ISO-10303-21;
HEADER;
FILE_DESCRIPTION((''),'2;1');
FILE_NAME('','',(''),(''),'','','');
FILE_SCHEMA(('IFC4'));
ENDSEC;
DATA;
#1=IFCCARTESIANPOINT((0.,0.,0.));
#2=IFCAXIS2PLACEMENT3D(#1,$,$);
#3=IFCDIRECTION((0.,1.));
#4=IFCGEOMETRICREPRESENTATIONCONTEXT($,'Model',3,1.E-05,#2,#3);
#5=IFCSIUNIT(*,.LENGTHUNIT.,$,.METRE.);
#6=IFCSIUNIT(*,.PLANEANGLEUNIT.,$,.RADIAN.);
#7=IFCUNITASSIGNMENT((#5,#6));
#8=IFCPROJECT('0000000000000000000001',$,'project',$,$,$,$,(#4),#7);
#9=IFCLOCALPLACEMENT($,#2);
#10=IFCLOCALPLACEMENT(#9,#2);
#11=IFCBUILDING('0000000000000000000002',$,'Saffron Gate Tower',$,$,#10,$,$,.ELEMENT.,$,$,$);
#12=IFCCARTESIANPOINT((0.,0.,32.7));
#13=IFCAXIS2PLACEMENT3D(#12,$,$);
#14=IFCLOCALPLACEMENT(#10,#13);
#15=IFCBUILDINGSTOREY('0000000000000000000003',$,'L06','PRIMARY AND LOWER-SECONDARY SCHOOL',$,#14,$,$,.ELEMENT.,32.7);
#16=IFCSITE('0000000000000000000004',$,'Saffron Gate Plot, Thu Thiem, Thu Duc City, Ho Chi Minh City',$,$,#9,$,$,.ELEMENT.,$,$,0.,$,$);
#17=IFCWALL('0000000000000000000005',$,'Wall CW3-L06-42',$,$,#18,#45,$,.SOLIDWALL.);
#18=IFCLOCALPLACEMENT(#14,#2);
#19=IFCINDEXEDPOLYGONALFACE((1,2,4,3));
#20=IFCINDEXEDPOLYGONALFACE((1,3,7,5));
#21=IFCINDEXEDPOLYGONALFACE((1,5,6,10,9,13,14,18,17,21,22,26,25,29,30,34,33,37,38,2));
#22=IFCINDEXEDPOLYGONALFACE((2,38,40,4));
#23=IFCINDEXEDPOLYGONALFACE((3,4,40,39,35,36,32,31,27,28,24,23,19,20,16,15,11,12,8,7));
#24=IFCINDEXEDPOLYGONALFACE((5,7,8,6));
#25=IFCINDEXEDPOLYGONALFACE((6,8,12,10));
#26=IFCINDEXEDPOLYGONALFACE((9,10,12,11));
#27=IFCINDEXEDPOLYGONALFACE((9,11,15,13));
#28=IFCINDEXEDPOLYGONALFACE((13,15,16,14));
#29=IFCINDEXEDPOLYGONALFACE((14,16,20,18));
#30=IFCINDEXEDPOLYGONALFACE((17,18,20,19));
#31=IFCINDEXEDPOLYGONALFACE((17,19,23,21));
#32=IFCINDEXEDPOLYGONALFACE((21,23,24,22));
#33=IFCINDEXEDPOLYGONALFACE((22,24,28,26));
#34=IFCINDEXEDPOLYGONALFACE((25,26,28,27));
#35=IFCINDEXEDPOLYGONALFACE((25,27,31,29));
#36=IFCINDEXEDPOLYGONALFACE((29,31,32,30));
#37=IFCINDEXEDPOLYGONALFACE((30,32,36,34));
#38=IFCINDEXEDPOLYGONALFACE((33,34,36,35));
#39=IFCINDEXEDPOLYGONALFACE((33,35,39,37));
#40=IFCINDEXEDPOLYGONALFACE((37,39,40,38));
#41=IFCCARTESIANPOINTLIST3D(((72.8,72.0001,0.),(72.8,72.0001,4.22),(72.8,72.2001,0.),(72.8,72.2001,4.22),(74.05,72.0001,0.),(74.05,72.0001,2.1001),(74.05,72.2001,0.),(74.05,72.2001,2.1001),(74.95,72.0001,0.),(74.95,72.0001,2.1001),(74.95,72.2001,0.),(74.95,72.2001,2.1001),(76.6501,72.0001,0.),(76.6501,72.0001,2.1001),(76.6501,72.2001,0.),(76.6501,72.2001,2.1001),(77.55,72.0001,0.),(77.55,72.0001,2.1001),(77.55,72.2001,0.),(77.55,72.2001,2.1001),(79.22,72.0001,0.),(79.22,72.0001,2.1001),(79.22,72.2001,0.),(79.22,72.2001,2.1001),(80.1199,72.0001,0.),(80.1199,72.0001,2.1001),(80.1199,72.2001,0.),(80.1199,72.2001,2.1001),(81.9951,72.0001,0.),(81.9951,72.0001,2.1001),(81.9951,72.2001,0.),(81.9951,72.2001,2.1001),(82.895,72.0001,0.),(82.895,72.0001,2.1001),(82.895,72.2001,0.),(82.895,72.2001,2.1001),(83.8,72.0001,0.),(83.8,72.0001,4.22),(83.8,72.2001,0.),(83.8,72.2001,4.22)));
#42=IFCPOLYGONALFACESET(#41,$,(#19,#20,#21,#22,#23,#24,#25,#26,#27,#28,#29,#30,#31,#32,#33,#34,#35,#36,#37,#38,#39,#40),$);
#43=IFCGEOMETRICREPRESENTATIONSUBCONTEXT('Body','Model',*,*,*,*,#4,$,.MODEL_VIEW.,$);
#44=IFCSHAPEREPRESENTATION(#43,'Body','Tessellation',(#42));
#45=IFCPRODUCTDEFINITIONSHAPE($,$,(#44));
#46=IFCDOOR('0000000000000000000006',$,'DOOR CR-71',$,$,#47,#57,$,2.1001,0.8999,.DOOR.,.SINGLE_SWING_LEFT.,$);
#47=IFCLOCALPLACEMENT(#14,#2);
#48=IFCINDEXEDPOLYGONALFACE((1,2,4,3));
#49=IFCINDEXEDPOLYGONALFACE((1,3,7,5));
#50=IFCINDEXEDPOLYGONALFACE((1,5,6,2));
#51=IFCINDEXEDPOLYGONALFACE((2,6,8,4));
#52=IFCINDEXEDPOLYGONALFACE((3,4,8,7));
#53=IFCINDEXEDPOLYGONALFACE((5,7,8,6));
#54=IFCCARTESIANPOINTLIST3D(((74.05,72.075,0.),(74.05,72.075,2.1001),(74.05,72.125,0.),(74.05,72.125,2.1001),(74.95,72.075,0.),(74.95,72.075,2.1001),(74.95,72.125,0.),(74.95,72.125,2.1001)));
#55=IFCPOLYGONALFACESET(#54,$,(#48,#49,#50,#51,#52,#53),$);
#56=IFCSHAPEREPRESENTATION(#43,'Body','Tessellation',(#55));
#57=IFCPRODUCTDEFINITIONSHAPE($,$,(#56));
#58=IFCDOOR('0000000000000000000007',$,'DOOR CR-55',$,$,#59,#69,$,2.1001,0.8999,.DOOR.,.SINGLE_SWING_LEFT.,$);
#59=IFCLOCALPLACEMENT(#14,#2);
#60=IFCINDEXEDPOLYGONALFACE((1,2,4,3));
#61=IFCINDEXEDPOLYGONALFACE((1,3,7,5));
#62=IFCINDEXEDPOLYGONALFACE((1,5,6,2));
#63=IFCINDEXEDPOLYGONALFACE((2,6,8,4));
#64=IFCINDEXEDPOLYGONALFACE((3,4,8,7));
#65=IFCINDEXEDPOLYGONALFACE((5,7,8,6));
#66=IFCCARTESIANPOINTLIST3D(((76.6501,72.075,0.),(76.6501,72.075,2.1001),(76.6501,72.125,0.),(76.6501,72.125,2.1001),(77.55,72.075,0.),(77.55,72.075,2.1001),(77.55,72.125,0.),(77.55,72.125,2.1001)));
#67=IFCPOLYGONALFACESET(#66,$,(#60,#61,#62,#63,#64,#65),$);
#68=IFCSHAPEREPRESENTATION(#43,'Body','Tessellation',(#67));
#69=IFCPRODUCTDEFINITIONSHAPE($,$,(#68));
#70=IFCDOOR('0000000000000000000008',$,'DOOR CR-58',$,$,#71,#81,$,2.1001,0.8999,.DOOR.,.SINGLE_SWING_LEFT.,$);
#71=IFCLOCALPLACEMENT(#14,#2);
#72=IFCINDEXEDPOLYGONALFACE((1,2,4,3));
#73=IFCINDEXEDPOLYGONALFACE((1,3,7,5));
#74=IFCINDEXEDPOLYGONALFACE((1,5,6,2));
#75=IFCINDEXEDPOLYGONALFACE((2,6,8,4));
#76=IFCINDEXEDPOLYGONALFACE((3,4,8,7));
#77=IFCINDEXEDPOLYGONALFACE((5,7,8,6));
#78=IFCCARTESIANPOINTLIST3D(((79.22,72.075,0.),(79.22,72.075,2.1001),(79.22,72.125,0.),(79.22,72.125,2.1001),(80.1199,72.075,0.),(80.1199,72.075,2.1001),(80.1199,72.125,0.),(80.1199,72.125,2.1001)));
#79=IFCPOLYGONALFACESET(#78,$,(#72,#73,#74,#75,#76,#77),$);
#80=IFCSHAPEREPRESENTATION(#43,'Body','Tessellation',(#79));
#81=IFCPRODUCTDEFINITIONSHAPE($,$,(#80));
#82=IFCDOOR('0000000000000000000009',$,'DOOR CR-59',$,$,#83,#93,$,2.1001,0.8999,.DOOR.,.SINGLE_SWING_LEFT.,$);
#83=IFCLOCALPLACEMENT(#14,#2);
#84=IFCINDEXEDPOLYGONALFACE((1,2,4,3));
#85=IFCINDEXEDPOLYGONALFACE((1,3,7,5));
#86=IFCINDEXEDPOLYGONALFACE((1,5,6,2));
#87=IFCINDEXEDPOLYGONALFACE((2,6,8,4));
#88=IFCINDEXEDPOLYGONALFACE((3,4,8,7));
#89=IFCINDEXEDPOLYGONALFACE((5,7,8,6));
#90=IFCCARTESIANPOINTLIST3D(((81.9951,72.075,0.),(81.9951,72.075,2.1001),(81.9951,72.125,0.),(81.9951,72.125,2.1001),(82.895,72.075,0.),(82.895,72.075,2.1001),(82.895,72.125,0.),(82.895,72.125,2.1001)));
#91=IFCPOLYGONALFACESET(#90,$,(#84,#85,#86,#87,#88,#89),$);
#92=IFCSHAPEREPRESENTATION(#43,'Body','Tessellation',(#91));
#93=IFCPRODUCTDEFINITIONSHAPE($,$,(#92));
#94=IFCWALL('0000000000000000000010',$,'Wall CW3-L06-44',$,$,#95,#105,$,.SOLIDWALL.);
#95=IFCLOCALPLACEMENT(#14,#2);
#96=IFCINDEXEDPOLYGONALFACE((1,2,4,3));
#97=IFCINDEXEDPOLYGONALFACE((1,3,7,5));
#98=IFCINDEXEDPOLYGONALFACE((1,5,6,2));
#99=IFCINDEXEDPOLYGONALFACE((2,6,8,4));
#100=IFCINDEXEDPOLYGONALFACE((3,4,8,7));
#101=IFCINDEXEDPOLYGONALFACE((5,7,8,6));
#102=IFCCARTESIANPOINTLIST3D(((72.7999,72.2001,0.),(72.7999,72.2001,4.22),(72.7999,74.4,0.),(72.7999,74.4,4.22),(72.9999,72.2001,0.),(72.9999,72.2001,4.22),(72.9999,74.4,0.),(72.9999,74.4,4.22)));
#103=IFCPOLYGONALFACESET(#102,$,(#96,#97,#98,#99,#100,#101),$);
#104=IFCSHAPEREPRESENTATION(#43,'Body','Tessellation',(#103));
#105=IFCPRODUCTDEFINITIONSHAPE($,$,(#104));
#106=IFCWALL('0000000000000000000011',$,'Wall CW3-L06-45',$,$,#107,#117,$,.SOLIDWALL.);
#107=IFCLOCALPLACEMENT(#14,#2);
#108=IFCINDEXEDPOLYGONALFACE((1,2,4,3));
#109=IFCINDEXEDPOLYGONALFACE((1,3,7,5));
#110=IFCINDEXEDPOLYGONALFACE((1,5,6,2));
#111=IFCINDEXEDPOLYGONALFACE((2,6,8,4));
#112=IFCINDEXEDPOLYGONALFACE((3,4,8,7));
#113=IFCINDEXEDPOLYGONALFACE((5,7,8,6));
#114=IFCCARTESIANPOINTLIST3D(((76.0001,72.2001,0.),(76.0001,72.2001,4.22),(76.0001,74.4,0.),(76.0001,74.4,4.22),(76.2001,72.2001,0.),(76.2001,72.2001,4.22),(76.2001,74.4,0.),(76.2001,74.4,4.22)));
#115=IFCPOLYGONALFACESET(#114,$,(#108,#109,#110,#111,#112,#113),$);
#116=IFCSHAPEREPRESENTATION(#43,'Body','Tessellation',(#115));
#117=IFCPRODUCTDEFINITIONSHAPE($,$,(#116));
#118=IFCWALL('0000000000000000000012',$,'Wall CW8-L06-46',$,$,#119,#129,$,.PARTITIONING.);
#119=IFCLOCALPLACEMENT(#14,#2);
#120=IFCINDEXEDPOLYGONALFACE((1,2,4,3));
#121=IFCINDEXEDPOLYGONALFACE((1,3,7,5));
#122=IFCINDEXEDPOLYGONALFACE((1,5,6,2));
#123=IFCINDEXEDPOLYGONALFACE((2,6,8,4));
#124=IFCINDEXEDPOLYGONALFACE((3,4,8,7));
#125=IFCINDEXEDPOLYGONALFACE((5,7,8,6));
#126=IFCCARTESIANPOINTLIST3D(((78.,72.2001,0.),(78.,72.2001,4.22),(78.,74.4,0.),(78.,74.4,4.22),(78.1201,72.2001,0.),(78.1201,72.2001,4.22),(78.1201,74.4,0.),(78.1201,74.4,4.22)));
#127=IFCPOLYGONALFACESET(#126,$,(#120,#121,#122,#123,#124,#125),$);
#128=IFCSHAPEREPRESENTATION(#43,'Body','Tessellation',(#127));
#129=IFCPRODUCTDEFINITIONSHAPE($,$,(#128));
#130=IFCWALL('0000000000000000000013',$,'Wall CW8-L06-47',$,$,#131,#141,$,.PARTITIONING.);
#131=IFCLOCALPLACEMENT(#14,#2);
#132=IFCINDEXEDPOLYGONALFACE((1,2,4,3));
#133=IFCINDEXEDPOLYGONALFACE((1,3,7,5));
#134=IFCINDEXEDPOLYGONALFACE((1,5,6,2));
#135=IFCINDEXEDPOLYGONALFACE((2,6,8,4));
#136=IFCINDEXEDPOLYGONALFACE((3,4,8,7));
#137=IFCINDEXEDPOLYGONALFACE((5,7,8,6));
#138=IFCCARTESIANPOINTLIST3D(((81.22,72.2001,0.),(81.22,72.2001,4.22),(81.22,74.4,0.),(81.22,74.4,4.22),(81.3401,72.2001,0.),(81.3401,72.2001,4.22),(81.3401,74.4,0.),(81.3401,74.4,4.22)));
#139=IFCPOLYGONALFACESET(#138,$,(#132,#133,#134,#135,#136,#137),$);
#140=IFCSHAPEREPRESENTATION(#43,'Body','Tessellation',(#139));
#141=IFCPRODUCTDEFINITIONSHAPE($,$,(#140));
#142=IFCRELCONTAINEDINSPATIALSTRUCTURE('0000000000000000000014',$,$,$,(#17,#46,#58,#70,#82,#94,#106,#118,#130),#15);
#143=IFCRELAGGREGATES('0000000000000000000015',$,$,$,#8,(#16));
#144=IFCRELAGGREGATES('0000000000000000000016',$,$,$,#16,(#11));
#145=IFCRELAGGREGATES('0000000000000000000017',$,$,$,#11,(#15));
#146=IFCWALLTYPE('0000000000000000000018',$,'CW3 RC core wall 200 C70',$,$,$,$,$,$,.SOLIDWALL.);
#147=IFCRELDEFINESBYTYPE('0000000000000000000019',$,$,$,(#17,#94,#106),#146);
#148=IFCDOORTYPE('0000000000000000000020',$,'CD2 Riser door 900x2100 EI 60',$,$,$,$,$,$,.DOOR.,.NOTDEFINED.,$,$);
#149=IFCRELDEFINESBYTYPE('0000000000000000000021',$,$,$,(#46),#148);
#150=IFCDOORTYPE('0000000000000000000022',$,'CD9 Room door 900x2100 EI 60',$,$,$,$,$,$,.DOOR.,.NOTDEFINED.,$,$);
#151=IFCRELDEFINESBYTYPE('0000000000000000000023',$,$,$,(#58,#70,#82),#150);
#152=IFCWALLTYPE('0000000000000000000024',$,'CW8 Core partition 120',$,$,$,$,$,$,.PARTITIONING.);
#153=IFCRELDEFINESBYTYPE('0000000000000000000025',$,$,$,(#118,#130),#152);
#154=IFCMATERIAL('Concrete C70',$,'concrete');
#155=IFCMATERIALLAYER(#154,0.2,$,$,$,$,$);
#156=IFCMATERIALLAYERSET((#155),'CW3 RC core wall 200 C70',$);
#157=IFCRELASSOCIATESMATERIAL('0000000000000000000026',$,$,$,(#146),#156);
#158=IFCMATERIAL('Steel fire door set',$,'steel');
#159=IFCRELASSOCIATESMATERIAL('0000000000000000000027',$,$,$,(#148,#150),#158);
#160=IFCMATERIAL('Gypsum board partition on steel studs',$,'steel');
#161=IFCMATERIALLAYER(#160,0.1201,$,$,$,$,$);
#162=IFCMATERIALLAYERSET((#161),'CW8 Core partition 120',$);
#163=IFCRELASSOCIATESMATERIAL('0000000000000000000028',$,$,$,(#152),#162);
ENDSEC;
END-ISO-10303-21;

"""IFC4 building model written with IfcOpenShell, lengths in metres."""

from ifc_helpers import new_model, si_unit, direction, frame, frame_2d, origin, place, context, subcontext, project, spatial, rectangle, extrude, material, layer, layer_set, type_object, element, fill, save


model = new_model("IFC4")

# Units and contexts
model_context = context("Model", 3, precision=1e-05, world=origin(), true_north=direction((0.0, 1.0)))
body_context = subcontext(model_context, "Body", "Model", "MODEL_VIEW")
ifc_project = project(units=[si_unit("LENGTHUNIT", "METRE"), si_unit("PLANEANGLEUNIT", "RADIAN")], contexts=[model_context])

# Site, building, storey
site_placement = place(None, origin())
site = spatial("IfcSite", under=ifc_project, at=site_placement, Name="Saffron Gate Plot, Thu Thiem, Thu Duc City, Ho Chi Minh City", CompositionType="ELEMENT", RefElevation=0.0)
building_placement = place(site_placement, origin())
building = spatial("IfcBuilding", under=site, at=building_placement, Name="Saffron Gate Tower", CompositionType="ELEMENT")
storey_placement = place(building_placement, frame((0.0, 0.0, 32.7)))
storey = spatial("IfcBuildingStorey", under=building, at=storey_placement, Name="L06", Description="PRIMARY AND LOWER-SECONDARY SCHOOL", CompositionType="ELEMENT", Elevation=32.7)

# Shared definitions
ifc_material_1 = material(Name="Concrete C70", Category="concrete")
ifc_material_2 = material(Name="Steel fire door set", Category="steel")

# Shared definitions
ifc_layer_1 = layer(ifc_material_1, 0.2)
ifc_layer_set_1 = layer_set([ifc_layer_1], Name="CW3 RC core wall 200 C70")
wall_type_1 = type_object("IfcWallType", Name="CW3 RC core wall 200 C70", PredefinedType="SOLIDWALL", material=ifc_layer_set_1)

# Wall, openings, doors
wall_1_placement = place(storey_placement, frame((72.8, 72.1001, 0.0), z_axis=(0.0, 0.0, 1.0), x_axis=(1.0, 0.0, 0.0)))
wall_1 = element("IfcWall", 1, at=wall_1_placement, inside=storey, type_object=wall_type_1, Name="Wall CW3-L06-42", PredefinedType="SOLIDWALL", context=body_context, shape_type="SweptSolid", body=[
    extrude(rectangle(XDim=11.0, YDim=0.2, at=frame_2d((5.5, 0.0))), origin(), (0.0, 0.0, 1.0), 4.22),
])
opening_1_placement = place(wall_1_placement, frame((1.25, 0.0, 0.0)))
opening_1 = element("IfcOpeningElement", 2, at=opening_1_placement, cuts=wall_1, PredefinedType="OPENING", context=body_context, shape_type="SweptSolid", body=[
    extrude(rectangle(XDim=0.8999, YDim=2.1001, at=frame_2d((0.45, 1.05))), frame((0.0, 0.1099, 0.0), z_axis=(0.0, -1.0, 0.0), x_axis=(1.0, 0.0, 0.0)), (0.0, 0.0, 1.0), 0.22),
])
opening_2_placement = place(wall_1_placement, frame((3.8501, 0.0, 0.0)))
opening_2 = element("IfcOpeningElement", 3, at=opening_2_placement, cuts=wall_1, PredefinedType="OPENING", context=body_context, shape_type="SweptSolid", body=[
    extrude(rectangle(XDim=0.8999, YDim=2.1001, at=frame_2d((0.45, 1.05))), frame((0.0, 0.1099, 0.0), z_axis=(0.0, -1.0, 0.0), x_axis=(1.0, 0.0, 0.0)), (0.0, 0.0, 1.0), 0.22),
])
opening_3_placement = place(wall_1_placement, frame((6.4199, 0.0, 0.0)))
opening_3 = element("IfcOpeningElement", 4, at=opening_3_placement, cuts=wall_1, PredefinedType="OPENING", context=body_context, shape_type="SweptSolid", body=[
    extrude(rectangle(XDim=0.8999, YDim=2.1001, at=frame_2d((0.45, 1.05))), frame((0.0, 0.1099, 0.0), z_axis=(0.0, -1.0, 0.0), x_axis=(1.0, 0.0, 0.0)), (0.0, 0.0, 1.0), 0.22),
])
opening_4_placement = place(wall_1_placement, frame((9.1951, 0.0, 0.0)))
opening_4 = element("IfcOpeningElement", 5, at=opening_4_placement, cuts=wall_1, PredefinedType="OPENING", context=body_context, shape_type="SweptSolid", body=[
    extrude(rectangle(XDim=0.8999, YDim=2.1001, at=frame_2d((0.45, 1.05))), frame((0.0, 0.1099, 0.0), z_axis=(0.0, -1.0, 0.0), x_axis=(1.0, 0.0, 0.0)), (0.0, 0.0, 1.0), 0.22),
])
door_type_1 = type_object("IfcDoorType", Name="CD2 Riser door 900x2100 EI 60", OperationType="NOTDEFINED", PredefinedType="DOOR", material=ifc_material_2)
door_1_placement = place(opening_1_placement, origin())
door_1 = element("IfcDoor", 6, at=door_1_placement, inside=storey, type_object=door_type_1, Name="DOOR CR-71", OperationType="SINGLE_SWING_LEFT", OverallHeight=2.1001, OverallWidth=0.8999, PredefinedType="DOOR", context=body_context, shape_type="SweptSolid", body=[
    extrude(rectangle(XDim=0.8999, YDim=2.1001, at=frame_2d((0.45, 1.05))), frame((0.0, 0.0249, 0.0), z_axis=(0.0, -1.0, 0.0), x_axis=(1.0, 0.0, 0.0)), (0.0, 0.0, 1.0), 0.05),
])
fill(opening_1, door_1)
door_type_2 = type_object("IfcDoorType", Name="CD9 Room door 900x2100 EI 60", OperationType="NOTDEFINED", PredefinedType="DOOR", material=ifc_material_2)
door_2_placement = place(opening_2_placement, origin())
door_2 = element("IfcDoor", 7, at=door_2_placement, inside=storey, type_object=door_type_2, Name="DOOR CR-55", OperationType="SINGLE_SWING_LEFT", OverallHeight=2.1001, OverallWidth=0.8999, PredefinedType="DOOR", context=body_context, shape_type="SweptSolid", body=[
    extrude(rectangle(XDim=0.8999, YDim=2.1001, at=frame_2d((0.45, 1.05))), frame((0.0, 0.0249, 0.0), z_axis=(0.0, -1.0, 0.0), x_axis=(1.0, 0.0, 0.0)), (0.0, 0.0, 1.0), 0.05),
])
fill(opening_2, door_2)
door_3_placement = place(opening_3_placement, origin())
door_3 = element("IfcDoor", 8, at=door_3_placement, inside=storey, type_object=door_type_2, Name="DOOR CR-58", OperationType="SINGLE_SWING_LEFT", OverallHeight=2.1001, OverallWidth=0.8999, PredefinedType="DOOR", context=body_context, shape_type="SweptSolid", body=[
    extrude(rectangle(XDim=0.8999, YDim=2.1001, at=frame_2d((0.45, 1.05))), frame((0.0, 0.0249, 0.0), z_axis=(0.0, -1.0, 0.0), x_axis=(1.0, 0.0, 0.0)), (0.0, 0.0, 1.0), 0.05),
])
fill(opening_3, door_3)
door_4_placement = place(opening_4_placement, origin())
door_4 = element("IfcDoor", 9, at=door_4_placement, inside=storey, type_object=door_type_2, Name="DOOR CR-59", OperationType="SINGLE_SWING_LEFT", OverallHeight=2.1001, OverallWidth=0.8999, PredefinedType="DOOR", context=body_context, shape_type="SweptSolid", body=[
    extrude(rectangle(XDim=0.8999, YDim=2.1001, at=frame_2d((0.45, 1.05))), frame((0.0, 0.0249, 0.0), z_axis=(0.0, -1.0, 0.0), x_axis=(1.0, 0.0, 0.0)), (0.0, 0.0, 1.0), 0.05),
])
fill(opening_4, door_4)

# Walls
for number, where, z_axis, x_axis, name in (
    (10, (72.8999, 72.2, 0.0), (0.0, 0.0, 1.0), (0.0, 1.0, 0.0), "Wall CW3-L06-44"),
    (11, (76.1001, 72.2, 0.0), (0.0, 0.0, 1.0), (0.0, 1.0, 0.0), "Wall CW3-L06-45"),
):
    element("IfcWall", number, at=place(storey_placement, frame(where, z_axis=z_axis, x_axis=x_axis)), inside=storey, type_object=wall_type_1, Name=name, PredefinedType="SOLIDWALL", context=body_context, shape_type="SweptSolid", body=[
        extrude(rectangle(XDim=2.2, YDim=0.2, at=frame_2d((1.1001, 0.0))), origin(), (0.0, 0.0, 1.0), 4.22),
    ])
ifc_material_3 = material(Name="Gypsum board partition on steel studs", Category="steel")
ifc_layer_2 = layer(ifc_material_3, 0.1201)
ifc_layer_set_2 = layer_set([ifc_layer_2], Name="CW8 Core partition 120")
wall_type_2 = type_object("IfcWallType", Name="CW8 Core partition 120", PredefinedType="PARTITIONING", material=ifc_layer_set_2)
for number, where, z_axis, x_axis, name in (
    (12, (78.0601, 72.2, 0.0), (0.0, 0.0, 1.0), (0.0, 1.0, 0.0), "Wall CW8-L06-46"),
    (13, (81.28, 72.2, 0.0), (0.0, 0.0, 1.0), (0.0, 1.0, 0.0), "Wall CW8-L06-47"),
):
    element("IfcWall", number, at=place(storey_placement, frame(where, z_axis=z_axis, x_axis=x_axis)), inside=storey, type_object=wall_type_2, Name=name, PredefinedType="PARTITIONING", context=body_context, shape_type="SweptSolid", body=[
        extrude(rectangle(XDim=2.2, YDim=0.1201, at=frame_2d((1.1001, 0.0))), origin(), (0.0, 0.0, 1.0), 4.22),
    ])

save(model, "model.ifc")
